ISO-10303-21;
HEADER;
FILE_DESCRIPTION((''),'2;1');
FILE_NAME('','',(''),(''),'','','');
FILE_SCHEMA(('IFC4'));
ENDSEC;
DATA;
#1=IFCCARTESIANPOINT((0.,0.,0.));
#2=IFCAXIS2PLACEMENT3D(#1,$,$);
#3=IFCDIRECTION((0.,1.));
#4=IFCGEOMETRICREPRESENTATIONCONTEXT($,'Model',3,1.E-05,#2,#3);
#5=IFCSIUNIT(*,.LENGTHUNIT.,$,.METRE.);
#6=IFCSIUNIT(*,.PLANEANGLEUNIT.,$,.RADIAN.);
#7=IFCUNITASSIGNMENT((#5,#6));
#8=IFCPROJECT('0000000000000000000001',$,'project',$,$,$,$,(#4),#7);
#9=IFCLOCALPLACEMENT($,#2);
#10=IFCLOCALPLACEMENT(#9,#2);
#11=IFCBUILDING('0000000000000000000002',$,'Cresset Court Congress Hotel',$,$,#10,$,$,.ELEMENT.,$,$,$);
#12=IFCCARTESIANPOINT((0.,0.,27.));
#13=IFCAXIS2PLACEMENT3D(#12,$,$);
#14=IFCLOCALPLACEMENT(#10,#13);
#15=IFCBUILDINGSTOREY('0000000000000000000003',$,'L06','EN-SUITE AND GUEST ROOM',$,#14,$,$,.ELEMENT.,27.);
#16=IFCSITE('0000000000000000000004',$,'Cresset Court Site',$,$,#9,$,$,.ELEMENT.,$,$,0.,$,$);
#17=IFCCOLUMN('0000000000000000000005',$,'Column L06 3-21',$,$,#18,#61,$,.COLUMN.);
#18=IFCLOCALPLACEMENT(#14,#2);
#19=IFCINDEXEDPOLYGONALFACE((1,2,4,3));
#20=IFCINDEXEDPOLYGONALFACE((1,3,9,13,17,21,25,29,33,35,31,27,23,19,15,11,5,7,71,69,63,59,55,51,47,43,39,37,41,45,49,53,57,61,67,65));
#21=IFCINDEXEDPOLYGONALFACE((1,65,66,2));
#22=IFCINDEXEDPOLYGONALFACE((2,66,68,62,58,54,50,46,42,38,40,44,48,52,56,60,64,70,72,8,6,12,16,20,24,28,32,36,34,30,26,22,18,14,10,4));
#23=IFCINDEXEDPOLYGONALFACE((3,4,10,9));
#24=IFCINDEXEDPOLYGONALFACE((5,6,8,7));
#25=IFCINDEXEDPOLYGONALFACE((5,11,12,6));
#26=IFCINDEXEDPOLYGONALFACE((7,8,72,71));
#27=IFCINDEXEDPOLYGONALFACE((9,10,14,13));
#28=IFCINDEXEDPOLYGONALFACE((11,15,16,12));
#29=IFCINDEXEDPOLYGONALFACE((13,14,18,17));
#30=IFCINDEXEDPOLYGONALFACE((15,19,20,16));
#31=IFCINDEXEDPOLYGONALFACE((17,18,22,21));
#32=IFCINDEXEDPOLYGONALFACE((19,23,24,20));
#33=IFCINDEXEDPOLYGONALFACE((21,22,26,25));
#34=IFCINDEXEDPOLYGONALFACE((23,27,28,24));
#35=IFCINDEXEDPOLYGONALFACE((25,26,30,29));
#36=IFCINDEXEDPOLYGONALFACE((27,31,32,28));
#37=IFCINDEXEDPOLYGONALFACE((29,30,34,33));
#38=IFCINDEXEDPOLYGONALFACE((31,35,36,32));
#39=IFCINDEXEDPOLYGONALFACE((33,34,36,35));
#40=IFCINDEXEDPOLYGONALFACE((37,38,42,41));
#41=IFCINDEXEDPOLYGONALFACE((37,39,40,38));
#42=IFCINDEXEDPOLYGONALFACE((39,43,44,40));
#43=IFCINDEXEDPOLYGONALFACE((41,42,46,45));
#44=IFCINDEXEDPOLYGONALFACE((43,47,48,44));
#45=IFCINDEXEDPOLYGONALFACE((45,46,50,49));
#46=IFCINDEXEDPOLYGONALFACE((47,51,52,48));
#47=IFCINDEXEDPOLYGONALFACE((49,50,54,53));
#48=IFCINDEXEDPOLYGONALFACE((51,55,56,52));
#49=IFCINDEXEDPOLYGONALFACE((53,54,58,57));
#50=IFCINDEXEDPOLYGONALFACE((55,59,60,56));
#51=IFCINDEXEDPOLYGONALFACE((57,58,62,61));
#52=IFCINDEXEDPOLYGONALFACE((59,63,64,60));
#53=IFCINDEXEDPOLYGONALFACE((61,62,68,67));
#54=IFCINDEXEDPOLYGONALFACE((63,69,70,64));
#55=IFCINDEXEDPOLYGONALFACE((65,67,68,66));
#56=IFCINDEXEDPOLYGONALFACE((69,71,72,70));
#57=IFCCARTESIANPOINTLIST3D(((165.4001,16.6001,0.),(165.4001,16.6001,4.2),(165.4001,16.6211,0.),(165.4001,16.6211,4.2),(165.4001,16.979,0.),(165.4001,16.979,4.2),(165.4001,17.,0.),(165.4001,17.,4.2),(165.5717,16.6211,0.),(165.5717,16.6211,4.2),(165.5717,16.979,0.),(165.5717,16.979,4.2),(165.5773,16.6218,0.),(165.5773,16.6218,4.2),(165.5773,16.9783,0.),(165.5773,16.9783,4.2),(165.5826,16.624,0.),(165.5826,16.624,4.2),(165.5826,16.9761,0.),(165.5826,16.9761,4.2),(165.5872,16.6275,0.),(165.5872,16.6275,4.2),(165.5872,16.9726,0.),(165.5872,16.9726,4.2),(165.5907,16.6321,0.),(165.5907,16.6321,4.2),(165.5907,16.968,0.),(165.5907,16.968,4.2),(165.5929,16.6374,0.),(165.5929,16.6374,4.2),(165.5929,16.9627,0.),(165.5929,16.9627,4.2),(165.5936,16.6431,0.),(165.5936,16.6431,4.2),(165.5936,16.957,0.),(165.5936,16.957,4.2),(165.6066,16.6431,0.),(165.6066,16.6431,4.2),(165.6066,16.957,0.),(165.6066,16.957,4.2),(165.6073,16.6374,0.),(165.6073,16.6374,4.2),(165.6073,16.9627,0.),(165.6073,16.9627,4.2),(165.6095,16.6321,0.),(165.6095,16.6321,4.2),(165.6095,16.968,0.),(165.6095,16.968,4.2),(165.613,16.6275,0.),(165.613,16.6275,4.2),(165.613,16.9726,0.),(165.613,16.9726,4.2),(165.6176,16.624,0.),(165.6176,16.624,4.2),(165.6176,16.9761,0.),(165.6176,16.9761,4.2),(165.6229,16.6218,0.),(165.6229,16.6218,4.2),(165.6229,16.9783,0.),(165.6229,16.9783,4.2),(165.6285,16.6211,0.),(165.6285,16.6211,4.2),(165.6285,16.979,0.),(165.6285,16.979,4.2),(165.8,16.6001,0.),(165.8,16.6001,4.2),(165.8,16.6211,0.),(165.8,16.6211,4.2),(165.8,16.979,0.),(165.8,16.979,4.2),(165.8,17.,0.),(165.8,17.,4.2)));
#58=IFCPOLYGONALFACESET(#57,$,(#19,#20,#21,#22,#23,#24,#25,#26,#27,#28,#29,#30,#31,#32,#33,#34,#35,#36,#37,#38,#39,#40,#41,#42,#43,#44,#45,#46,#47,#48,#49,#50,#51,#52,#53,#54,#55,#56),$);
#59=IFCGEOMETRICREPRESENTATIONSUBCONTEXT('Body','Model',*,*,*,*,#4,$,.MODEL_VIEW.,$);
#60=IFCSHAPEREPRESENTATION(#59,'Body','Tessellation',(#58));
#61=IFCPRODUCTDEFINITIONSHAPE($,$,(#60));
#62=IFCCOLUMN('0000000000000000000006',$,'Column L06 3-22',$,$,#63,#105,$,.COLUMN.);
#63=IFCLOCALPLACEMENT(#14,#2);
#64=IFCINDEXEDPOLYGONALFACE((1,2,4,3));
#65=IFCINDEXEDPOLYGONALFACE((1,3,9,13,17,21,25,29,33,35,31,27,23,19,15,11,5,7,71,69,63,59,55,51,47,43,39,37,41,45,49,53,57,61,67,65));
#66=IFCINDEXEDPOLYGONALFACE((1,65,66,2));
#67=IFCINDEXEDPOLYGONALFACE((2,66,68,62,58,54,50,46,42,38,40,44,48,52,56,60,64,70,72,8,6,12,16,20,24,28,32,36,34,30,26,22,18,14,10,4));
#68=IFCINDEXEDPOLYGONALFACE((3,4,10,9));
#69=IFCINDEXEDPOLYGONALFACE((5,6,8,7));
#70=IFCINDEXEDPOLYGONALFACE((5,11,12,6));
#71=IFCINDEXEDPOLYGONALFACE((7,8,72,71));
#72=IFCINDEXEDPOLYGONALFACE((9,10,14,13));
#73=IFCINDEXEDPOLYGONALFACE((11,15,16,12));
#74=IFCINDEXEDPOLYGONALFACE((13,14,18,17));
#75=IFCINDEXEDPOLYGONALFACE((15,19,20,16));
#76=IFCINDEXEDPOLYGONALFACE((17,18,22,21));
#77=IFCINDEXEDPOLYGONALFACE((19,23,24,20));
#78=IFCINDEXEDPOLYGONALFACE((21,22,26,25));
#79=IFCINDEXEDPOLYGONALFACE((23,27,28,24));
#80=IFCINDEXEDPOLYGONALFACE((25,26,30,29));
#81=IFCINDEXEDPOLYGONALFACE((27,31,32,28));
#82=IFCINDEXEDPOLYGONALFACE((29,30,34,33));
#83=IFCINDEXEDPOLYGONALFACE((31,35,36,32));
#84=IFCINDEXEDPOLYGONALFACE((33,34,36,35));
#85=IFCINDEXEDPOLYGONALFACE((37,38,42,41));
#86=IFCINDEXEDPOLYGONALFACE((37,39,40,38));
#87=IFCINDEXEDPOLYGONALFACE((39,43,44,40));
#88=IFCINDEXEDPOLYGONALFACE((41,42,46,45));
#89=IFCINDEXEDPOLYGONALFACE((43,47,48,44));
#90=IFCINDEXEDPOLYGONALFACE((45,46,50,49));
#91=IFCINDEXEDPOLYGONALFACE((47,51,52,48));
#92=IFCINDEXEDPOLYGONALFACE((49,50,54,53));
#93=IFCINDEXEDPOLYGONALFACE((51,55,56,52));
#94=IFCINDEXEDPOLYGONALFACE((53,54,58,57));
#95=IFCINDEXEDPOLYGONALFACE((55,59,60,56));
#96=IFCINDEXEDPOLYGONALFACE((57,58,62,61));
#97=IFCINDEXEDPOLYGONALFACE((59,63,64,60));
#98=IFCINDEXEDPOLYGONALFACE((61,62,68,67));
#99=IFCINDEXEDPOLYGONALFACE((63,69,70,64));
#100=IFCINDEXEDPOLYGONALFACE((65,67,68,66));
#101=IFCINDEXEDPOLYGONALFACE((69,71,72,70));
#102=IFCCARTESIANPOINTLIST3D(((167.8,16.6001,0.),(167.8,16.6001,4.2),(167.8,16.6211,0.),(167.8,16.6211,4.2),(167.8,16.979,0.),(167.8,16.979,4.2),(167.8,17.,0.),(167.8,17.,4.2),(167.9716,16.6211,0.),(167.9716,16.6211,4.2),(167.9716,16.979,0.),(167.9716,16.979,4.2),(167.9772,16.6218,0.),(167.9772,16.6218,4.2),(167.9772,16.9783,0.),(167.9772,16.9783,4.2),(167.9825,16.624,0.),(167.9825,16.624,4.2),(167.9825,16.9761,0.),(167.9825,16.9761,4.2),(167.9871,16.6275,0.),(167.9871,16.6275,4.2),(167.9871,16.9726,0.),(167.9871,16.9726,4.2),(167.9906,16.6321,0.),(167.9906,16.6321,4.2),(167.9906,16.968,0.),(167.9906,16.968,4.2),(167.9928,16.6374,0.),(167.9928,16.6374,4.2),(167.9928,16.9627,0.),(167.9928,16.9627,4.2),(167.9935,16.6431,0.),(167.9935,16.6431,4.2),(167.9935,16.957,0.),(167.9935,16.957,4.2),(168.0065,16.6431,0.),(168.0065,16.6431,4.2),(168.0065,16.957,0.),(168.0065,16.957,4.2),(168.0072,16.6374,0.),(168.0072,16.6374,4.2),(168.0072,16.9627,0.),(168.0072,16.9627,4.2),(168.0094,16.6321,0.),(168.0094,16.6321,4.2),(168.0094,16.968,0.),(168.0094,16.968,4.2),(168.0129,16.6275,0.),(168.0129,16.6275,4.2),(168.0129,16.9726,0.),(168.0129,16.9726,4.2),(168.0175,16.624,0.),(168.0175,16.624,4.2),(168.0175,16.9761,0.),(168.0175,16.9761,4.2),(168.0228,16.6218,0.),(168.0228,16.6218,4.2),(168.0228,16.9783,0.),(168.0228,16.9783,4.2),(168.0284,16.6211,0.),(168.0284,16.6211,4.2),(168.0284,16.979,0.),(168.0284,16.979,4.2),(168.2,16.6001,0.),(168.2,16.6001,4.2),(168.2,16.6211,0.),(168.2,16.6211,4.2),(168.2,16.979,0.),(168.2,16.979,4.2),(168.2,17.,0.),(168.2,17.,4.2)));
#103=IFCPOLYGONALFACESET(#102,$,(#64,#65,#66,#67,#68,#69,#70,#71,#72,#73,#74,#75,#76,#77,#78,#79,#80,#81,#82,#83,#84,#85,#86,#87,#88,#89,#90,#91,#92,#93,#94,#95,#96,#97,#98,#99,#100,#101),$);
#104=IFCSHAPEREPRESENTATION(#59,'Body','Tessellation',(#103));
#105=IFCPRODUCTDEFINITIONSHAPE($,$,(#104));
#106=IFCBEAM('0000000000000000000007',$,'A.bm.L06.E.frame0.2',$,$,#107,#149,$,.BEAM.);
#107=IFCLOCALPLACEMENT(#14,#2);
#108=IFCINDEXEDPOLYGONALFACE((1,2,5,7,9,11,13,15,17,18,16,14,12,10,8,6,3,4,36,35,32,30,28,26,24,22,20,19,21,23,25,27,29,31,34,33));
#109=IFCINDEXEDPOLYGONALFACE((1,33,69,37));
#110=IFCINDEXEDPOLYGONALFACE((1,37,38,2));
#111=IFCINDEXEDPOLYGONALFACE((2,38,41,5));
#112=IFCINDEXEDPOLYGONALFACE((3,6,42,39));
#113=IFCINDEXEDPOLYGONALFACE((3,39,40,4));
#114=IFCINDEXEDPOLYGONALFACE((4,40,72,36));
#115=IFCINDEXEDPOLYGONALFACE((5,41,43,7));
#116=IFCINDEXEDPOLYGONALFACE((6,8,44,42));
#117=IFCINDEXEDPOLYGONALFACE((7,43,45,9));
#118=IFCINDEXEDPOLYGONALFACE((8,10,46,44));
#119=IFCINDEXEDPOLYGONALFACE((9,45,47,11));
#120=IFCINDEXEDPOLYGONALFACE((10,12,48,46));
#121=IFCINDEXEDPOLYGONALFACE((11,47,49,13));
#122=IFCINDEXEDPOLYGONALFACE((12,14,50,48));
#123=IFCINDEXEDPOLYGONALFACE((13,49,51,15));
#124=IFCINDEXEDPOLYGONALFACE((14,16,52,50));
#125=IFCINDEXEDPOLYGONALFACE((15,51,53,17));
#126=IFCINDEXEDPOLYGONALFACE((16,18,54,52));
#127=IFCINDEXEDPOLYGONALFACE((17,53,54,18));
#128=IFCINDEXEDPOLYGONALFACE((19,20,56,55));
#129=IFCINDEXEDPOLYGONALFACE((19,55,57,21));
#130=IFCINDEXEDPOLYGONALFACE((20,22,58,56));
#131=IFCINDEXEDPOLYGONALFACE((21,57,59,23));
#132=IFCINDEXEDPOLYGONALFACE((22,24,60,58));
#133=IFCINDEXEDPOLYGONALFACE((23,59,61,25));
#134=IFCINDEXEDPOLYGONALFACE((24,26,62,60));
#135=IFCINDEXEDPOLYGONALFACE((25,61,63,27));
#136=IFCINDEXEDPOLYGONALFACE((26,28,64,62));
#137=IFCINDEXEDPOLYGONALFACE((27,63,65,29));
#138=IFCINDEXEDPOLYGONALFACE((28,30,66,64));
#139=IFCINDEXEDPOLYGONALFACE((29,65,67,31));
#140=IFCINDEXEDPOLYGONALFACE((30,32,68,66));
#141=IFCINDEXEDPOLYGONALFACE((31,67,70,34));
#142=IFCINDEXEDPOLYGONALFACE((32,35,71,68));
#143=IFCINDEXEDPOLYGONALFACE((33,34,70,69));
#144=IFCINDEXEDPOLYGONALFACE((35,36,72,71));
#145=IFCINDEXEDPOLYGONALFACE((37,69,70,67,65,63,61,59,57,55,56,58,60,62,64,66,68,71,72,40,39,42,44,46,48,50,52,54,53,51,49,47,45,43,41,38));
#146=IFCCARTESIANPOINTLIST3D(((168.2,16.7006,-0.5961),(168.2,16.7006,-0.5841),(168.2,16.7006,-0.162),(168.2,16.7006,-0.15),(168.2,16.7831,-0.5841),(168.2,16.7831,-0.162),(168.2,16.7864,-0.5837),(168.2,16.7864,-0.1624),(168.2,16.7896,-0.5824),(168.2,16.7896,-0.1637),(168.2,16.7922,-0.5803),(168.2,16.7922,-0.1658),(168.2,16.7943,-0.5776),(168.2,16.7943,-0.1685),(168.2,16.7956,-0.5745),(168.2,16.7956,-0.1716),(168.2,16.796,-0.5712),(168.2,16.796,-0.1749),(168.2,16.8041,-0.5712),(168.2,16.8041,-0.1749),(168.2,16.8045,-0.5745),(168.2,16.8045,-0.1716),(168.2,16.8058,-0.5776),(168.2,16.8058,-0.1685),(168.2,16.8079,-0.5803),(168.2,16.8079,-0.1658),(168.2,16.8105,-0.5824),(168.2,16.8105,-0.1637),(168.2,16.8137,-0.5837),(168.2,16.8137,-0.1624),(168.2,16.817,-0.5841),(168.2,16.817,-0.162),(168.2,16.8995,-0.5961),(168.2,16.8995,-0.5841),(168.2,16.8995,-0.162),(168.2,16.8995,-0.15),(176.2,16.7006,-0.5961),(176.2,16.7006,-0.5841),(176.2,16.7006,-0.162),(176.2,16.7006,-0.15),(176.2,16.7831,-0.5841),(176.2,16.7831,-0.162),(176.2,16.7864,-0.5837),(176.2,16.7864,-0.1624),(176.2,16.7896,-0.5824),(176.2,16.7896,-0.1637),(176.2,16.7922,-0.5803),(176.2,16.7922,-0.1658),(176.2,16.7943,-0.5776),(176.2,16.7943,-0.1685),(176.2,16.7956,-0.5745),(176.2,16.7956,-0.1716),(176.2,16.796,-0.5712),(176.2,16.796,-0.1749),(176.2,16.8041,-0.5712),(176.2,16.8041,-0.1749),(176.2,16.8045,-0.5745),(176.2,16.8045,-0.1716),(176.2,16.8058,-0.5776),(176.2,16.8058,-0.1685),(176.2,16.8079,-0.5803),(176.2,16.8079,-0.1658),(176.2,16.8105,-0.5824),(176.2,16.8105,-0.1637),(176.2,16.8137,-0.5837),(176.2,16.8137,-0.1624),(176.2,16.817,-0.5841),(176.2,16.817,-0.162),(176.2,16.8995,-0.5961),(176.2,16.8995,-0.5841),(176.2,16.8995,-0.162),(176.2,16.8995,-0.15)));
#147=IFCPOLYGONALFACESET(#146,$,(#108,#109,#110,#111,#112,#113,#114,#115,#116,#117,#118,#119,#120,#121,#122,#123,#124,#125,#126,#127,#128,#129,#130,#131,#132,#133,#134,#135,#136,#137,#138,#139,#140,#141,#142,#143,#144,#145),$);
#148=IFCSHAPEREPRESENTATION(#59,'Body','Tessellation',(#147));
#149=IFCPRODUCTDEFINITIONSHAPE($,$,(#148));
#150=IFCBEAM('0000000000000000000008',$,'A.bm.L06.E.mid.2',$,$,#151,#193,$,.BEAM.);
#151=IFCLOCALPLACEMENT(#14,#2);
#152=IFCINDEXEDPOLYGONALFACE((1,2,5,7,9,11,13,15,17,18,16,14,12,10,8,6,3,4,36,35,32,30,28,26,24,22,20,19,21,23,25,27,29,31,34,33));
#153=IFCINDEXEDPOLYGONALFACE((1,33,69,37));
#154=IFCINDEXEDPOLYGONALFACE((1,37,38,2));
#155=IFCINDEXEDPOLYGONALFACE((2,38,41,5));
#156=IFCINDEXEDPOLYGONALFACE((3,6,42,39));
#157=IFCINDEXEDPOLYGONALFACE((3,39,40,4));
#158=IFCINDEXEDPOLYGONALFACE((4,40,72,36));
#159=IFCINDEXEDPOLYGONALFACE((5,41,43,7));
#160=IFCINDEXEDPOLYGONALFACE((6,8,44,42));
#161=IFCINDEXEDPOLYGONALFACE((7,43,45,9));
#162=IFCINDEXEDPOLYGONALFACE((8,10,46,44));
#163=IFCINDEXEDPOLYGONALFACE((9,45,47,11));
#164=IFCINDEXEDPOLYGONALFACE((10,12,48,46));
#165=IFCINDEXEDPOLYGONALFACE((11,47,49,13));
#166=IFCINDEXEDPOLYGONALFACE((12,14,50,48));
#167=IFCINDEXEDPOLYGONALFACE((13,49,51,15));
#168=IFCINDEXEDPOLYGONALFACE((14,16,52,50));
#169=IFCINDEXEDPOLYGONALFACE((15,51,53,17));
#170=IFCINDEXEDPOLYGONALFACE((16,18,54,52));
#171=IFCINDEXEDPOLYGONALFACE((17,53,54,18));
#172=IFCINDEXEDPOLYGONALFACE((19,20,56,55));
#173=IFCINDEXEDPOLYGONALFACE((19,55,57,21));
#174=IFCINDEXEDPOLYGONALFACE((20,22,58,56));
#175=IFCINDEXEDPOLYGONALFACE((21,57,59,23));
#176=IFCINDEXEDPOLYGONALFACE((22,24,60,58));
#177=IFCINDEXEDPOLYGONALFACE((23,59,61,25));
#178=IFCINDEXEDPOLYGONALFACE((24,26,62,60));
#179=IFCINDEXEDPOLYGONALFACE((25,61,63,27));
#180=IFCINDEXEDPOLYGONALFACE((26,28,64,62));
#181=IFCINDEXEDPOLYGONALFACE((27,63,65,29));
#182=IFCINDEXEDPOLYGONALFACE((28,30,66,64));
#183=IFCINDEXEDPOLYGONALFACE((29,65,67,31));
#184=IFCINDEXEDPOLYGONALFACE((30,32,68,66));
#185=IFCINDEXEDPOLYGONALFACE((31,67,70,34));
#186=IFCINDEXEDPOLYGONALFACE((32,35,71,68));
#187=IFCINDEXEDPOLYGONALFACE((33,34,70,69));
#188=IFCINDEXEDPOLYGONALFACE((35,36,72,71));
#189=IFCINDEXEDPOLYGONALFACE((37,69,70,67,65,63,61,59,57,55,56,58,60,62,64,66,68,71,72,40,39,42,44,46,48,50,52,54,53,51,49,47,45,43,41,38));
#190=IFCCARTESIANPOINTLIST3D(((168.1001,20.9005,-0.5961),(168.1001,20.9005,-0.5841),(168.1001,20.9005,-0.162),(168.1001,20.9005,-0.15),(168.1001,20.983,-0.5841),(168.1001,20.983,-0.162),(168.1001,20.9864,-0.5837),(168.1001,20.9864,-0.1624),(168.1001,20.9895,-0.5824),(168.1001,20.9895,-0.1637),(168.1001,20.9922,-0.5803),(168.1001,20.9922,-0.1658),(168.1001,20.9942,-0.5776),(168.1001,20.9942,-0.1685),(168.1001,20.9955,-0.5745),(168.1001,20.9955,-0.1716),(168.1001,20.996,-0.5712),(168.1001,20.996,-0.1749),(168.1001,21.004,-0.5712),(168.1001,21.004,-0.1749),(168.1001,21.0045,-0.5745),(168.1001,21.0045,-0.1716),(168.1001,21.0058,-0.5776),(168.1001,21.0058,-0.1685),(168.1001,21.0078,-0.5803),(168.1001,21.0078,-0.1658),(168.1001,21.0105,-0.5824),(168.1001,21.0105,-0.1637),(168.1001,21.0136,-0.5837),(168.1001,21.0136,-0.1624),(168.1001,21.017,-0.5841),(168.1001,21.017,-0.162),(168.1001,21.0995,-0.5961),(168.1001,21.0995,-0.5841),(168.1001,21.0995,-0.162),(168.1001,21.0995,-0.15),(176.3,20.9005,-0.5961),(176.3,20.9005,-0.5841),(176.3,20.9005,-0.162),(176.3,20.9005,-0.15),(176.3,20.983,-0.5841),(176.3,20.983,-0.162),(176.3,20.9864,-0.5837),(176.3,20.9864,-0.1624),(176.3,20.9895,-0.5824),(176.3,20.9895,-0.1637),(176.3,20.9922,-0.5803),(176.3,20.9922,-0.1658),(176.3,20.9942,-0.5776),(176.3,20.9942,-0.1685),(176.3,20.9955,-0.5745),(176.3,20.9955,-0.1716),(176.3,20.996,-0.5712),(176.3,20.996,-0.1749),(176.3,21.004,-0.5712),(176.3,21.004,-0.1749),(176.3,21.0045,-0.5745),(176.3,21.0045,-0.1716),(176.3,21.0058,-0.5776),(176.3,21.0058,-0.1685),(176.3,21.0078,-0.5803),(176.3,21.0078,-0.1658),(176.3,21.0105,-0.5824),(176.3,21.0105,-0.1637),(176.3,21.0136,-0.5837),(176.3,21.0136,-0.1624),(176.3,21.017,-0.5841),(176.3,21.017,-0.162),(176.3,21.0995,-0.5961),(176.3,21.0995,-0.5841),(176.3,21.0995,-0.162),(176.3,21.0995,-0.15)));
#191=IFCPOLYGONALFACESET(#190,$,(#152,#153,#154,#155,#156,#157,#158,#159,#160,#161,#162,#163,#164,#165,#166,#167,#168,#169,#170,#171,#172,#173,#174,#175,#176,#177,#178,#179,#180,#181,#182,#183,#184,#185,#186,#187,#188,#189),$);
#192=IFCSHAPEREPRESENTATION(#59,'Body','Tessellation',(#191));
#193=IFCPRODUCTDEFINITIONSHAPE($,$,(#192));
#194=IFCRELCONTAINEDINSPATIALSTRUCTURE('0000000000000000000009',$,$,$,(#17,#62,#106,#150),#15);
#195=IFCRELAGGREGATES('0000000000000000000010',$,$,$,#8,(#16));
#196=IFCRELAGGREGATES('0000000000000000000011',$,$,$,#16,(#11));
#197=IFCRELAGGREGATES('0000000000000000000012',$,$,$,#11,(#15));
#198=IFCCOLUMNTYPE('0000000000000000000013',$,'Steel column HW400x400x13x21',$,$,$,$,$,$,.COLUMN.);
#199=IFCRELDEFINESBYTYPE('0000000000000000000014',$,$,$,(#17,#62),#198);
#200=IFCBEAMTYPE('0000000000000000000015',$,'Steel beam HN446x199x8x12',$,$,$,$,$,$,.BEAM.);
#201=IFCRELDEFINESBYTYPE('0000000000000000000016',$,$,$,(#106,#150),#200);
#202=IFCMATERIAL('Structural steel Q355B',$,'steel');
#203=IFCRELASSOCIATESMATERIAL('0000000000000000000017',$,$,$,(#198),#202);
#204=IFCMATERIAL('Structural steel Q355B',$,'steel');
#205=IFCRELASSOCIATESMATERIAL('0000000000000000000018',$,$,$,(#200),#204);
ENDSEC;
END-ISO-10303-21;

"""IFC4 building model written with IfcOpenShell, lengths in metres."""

from ifc_helpers import new_model, si_unit, direction, frame, origin, origin_2d, place, context, subcontext, project, spatial, i_section, extrude, material, material_profile, profile_set, type_object, element, save


model = new_model("IFC4")

# Units and contexts
model_context = context("Model", 3, precision=1e-05, world=origin(), true_north=direction((0.0, 1.0)))
body_context = subcontext(model_context, "Body", "Model", "MODEL_VIEW")
ifc_project = project(units=[si_unit("LENGTHUNIT", "METRE"), si_unit("PLANEANGLEUNIT", "RADIAN")], contexts=[model_context])

# Site, building, storey
site_placement = place(None, origin())
site = spatial("IfcSite", under=ifc_project, at=site_placement, Name="Cresset Court Site", CompositionType="ELEMENT", RefElevation=0.0)
building_placement = place(site_placement, origin())
building = spatial("IfcBuilding", under=site, at=building_placement, Name="Cresset Court Congress Hotel", CompositionType="ELEMENT")
storey_placement = place(building_placement, frame((0.0, 0.0, 27.0)))
storey = spatial("IfcBuildingStorey", under=building, at=storey_placement, Name="L06", Description="EN-SUITE AND GUEST ROOM", CompositionType="ELEMENT", Elevation=27.0)

# Columns
ifc_material_1 = material(Name="Structural steel Q355B", Category="steel")
ifc_material_profile_1 = material_profile(ifc_material_1, i_section(OverallWidth=0.3999, OverallDepth=0.3999, WebThickness=0.0129, FlangeThickness=0.021, FilletRadius=0.022, at=origin_2d()), Name="HW400x400x13x21")
ifc_profile_set_1 = profile_set([ifc_material_profile_1], Name="Structural steel Q355B")
column_type = type_object("IfcColumnType", Name="Steel column HW400x400x13x21", PredefinedType="COLUMN", material=ifc_profile_set_1)
for number, where, z_axis, x_axis, name in (
    (1, (165.6001, 16.8, 0.0), (0.0, 0.0, 1.0), (1.0, 0.0, 0.0), "Column L06 3-21"),
    (2, (168.0, 16.8, 0.0), (0.0, 0.0, 1.0), (1.0, 0.0, 0.0), "Column L06 3-22"),
):
    element("IfcColumn", number, at=place(storey_placement, frame(where, z_axis=z_axis, x_axis=x_axis)), inside=storey, type_object=column_type, Name=name, PredefinedType="COLUMN", context=body_context, shape_type="SweptSolid", body=[
        extrude(i_section(OverallWidth=0.3999, OverallDepth=0.3999, WebThickness=0.0129, FlangeThickness=0.021, FilletRadius=0.022, at=origin_2d()), origin(), (0.0, 0.0, 1.0), 4.2),
    ])

# Beams
ifc_material_2 = material(Name="Structural steel Q355B", Category="steel")
ifc_material_profile_2 = material_profile(ifc_material_2, i_section(OverallWidth=0.199, OverallDepth=0.446, WebThickness=0.0081, FlangeThickness=0.012, FilletRadius=0.0129, at=origin_2d()), Name="HN446x199x8x12")
ifc_profile_set_2 = profile_set([ifc_material_profile_2], Name="Structural steel Q355B")
beam_type_1 = type_object("IfcBeamType", Name="Steel beam HN446x199x8x12", PredefinedType="BEAM", material=ifc_profile_set_2)
beam_1_placement = place(storey_placement, frame((168.2, 16.8, -0.373), z_axis=(1.0, 0.0, 0.0), x_axis=(0.0, 1.0, 0.0)))
element("IfcBeam", 3, at=beam_1_placement, inside=storey, type_object=beam_type_1, Name="A.bm.L06.E.frame0.2", PredefinedType="BEAM", context=body_context, shape_type="SweptSolid", body=[
    extrude(i_section(OverallWidth=0.199, OverallDepth=0.446, WebThickness=0.0081, FlangeThickness=0.012, FilletRadius=0.0129, at=origin_2d()), origin(), (0.0, 0.0, 1.0), 8.0),
])
beam_2_placement = place(storey_placement, frame((168.1001, 21.0, -0.373), z_axis=(1.0, 0.0, 0.0), x_axis=(0.0, 1.0, 0.0)))
element("IfcBeam", 4, at=beam_2_placement, inside=storey, type_object=beam_type_1, Name="A.bm.L06.E.mid.2", PredefinedType="BEAM", context=body_context, shape_type="SweptSolid", body=[
    extrude(i_section(OverallWidth=0.199, OverallDepth=0.446, WebThickness=0.0081, FlangeThickness=0.012, FilletRadius=0.0129, at=origin_2d()), origin(), (0.0, 0.0, 1.0), 8.2),
])

save(model, "model.ifc")
